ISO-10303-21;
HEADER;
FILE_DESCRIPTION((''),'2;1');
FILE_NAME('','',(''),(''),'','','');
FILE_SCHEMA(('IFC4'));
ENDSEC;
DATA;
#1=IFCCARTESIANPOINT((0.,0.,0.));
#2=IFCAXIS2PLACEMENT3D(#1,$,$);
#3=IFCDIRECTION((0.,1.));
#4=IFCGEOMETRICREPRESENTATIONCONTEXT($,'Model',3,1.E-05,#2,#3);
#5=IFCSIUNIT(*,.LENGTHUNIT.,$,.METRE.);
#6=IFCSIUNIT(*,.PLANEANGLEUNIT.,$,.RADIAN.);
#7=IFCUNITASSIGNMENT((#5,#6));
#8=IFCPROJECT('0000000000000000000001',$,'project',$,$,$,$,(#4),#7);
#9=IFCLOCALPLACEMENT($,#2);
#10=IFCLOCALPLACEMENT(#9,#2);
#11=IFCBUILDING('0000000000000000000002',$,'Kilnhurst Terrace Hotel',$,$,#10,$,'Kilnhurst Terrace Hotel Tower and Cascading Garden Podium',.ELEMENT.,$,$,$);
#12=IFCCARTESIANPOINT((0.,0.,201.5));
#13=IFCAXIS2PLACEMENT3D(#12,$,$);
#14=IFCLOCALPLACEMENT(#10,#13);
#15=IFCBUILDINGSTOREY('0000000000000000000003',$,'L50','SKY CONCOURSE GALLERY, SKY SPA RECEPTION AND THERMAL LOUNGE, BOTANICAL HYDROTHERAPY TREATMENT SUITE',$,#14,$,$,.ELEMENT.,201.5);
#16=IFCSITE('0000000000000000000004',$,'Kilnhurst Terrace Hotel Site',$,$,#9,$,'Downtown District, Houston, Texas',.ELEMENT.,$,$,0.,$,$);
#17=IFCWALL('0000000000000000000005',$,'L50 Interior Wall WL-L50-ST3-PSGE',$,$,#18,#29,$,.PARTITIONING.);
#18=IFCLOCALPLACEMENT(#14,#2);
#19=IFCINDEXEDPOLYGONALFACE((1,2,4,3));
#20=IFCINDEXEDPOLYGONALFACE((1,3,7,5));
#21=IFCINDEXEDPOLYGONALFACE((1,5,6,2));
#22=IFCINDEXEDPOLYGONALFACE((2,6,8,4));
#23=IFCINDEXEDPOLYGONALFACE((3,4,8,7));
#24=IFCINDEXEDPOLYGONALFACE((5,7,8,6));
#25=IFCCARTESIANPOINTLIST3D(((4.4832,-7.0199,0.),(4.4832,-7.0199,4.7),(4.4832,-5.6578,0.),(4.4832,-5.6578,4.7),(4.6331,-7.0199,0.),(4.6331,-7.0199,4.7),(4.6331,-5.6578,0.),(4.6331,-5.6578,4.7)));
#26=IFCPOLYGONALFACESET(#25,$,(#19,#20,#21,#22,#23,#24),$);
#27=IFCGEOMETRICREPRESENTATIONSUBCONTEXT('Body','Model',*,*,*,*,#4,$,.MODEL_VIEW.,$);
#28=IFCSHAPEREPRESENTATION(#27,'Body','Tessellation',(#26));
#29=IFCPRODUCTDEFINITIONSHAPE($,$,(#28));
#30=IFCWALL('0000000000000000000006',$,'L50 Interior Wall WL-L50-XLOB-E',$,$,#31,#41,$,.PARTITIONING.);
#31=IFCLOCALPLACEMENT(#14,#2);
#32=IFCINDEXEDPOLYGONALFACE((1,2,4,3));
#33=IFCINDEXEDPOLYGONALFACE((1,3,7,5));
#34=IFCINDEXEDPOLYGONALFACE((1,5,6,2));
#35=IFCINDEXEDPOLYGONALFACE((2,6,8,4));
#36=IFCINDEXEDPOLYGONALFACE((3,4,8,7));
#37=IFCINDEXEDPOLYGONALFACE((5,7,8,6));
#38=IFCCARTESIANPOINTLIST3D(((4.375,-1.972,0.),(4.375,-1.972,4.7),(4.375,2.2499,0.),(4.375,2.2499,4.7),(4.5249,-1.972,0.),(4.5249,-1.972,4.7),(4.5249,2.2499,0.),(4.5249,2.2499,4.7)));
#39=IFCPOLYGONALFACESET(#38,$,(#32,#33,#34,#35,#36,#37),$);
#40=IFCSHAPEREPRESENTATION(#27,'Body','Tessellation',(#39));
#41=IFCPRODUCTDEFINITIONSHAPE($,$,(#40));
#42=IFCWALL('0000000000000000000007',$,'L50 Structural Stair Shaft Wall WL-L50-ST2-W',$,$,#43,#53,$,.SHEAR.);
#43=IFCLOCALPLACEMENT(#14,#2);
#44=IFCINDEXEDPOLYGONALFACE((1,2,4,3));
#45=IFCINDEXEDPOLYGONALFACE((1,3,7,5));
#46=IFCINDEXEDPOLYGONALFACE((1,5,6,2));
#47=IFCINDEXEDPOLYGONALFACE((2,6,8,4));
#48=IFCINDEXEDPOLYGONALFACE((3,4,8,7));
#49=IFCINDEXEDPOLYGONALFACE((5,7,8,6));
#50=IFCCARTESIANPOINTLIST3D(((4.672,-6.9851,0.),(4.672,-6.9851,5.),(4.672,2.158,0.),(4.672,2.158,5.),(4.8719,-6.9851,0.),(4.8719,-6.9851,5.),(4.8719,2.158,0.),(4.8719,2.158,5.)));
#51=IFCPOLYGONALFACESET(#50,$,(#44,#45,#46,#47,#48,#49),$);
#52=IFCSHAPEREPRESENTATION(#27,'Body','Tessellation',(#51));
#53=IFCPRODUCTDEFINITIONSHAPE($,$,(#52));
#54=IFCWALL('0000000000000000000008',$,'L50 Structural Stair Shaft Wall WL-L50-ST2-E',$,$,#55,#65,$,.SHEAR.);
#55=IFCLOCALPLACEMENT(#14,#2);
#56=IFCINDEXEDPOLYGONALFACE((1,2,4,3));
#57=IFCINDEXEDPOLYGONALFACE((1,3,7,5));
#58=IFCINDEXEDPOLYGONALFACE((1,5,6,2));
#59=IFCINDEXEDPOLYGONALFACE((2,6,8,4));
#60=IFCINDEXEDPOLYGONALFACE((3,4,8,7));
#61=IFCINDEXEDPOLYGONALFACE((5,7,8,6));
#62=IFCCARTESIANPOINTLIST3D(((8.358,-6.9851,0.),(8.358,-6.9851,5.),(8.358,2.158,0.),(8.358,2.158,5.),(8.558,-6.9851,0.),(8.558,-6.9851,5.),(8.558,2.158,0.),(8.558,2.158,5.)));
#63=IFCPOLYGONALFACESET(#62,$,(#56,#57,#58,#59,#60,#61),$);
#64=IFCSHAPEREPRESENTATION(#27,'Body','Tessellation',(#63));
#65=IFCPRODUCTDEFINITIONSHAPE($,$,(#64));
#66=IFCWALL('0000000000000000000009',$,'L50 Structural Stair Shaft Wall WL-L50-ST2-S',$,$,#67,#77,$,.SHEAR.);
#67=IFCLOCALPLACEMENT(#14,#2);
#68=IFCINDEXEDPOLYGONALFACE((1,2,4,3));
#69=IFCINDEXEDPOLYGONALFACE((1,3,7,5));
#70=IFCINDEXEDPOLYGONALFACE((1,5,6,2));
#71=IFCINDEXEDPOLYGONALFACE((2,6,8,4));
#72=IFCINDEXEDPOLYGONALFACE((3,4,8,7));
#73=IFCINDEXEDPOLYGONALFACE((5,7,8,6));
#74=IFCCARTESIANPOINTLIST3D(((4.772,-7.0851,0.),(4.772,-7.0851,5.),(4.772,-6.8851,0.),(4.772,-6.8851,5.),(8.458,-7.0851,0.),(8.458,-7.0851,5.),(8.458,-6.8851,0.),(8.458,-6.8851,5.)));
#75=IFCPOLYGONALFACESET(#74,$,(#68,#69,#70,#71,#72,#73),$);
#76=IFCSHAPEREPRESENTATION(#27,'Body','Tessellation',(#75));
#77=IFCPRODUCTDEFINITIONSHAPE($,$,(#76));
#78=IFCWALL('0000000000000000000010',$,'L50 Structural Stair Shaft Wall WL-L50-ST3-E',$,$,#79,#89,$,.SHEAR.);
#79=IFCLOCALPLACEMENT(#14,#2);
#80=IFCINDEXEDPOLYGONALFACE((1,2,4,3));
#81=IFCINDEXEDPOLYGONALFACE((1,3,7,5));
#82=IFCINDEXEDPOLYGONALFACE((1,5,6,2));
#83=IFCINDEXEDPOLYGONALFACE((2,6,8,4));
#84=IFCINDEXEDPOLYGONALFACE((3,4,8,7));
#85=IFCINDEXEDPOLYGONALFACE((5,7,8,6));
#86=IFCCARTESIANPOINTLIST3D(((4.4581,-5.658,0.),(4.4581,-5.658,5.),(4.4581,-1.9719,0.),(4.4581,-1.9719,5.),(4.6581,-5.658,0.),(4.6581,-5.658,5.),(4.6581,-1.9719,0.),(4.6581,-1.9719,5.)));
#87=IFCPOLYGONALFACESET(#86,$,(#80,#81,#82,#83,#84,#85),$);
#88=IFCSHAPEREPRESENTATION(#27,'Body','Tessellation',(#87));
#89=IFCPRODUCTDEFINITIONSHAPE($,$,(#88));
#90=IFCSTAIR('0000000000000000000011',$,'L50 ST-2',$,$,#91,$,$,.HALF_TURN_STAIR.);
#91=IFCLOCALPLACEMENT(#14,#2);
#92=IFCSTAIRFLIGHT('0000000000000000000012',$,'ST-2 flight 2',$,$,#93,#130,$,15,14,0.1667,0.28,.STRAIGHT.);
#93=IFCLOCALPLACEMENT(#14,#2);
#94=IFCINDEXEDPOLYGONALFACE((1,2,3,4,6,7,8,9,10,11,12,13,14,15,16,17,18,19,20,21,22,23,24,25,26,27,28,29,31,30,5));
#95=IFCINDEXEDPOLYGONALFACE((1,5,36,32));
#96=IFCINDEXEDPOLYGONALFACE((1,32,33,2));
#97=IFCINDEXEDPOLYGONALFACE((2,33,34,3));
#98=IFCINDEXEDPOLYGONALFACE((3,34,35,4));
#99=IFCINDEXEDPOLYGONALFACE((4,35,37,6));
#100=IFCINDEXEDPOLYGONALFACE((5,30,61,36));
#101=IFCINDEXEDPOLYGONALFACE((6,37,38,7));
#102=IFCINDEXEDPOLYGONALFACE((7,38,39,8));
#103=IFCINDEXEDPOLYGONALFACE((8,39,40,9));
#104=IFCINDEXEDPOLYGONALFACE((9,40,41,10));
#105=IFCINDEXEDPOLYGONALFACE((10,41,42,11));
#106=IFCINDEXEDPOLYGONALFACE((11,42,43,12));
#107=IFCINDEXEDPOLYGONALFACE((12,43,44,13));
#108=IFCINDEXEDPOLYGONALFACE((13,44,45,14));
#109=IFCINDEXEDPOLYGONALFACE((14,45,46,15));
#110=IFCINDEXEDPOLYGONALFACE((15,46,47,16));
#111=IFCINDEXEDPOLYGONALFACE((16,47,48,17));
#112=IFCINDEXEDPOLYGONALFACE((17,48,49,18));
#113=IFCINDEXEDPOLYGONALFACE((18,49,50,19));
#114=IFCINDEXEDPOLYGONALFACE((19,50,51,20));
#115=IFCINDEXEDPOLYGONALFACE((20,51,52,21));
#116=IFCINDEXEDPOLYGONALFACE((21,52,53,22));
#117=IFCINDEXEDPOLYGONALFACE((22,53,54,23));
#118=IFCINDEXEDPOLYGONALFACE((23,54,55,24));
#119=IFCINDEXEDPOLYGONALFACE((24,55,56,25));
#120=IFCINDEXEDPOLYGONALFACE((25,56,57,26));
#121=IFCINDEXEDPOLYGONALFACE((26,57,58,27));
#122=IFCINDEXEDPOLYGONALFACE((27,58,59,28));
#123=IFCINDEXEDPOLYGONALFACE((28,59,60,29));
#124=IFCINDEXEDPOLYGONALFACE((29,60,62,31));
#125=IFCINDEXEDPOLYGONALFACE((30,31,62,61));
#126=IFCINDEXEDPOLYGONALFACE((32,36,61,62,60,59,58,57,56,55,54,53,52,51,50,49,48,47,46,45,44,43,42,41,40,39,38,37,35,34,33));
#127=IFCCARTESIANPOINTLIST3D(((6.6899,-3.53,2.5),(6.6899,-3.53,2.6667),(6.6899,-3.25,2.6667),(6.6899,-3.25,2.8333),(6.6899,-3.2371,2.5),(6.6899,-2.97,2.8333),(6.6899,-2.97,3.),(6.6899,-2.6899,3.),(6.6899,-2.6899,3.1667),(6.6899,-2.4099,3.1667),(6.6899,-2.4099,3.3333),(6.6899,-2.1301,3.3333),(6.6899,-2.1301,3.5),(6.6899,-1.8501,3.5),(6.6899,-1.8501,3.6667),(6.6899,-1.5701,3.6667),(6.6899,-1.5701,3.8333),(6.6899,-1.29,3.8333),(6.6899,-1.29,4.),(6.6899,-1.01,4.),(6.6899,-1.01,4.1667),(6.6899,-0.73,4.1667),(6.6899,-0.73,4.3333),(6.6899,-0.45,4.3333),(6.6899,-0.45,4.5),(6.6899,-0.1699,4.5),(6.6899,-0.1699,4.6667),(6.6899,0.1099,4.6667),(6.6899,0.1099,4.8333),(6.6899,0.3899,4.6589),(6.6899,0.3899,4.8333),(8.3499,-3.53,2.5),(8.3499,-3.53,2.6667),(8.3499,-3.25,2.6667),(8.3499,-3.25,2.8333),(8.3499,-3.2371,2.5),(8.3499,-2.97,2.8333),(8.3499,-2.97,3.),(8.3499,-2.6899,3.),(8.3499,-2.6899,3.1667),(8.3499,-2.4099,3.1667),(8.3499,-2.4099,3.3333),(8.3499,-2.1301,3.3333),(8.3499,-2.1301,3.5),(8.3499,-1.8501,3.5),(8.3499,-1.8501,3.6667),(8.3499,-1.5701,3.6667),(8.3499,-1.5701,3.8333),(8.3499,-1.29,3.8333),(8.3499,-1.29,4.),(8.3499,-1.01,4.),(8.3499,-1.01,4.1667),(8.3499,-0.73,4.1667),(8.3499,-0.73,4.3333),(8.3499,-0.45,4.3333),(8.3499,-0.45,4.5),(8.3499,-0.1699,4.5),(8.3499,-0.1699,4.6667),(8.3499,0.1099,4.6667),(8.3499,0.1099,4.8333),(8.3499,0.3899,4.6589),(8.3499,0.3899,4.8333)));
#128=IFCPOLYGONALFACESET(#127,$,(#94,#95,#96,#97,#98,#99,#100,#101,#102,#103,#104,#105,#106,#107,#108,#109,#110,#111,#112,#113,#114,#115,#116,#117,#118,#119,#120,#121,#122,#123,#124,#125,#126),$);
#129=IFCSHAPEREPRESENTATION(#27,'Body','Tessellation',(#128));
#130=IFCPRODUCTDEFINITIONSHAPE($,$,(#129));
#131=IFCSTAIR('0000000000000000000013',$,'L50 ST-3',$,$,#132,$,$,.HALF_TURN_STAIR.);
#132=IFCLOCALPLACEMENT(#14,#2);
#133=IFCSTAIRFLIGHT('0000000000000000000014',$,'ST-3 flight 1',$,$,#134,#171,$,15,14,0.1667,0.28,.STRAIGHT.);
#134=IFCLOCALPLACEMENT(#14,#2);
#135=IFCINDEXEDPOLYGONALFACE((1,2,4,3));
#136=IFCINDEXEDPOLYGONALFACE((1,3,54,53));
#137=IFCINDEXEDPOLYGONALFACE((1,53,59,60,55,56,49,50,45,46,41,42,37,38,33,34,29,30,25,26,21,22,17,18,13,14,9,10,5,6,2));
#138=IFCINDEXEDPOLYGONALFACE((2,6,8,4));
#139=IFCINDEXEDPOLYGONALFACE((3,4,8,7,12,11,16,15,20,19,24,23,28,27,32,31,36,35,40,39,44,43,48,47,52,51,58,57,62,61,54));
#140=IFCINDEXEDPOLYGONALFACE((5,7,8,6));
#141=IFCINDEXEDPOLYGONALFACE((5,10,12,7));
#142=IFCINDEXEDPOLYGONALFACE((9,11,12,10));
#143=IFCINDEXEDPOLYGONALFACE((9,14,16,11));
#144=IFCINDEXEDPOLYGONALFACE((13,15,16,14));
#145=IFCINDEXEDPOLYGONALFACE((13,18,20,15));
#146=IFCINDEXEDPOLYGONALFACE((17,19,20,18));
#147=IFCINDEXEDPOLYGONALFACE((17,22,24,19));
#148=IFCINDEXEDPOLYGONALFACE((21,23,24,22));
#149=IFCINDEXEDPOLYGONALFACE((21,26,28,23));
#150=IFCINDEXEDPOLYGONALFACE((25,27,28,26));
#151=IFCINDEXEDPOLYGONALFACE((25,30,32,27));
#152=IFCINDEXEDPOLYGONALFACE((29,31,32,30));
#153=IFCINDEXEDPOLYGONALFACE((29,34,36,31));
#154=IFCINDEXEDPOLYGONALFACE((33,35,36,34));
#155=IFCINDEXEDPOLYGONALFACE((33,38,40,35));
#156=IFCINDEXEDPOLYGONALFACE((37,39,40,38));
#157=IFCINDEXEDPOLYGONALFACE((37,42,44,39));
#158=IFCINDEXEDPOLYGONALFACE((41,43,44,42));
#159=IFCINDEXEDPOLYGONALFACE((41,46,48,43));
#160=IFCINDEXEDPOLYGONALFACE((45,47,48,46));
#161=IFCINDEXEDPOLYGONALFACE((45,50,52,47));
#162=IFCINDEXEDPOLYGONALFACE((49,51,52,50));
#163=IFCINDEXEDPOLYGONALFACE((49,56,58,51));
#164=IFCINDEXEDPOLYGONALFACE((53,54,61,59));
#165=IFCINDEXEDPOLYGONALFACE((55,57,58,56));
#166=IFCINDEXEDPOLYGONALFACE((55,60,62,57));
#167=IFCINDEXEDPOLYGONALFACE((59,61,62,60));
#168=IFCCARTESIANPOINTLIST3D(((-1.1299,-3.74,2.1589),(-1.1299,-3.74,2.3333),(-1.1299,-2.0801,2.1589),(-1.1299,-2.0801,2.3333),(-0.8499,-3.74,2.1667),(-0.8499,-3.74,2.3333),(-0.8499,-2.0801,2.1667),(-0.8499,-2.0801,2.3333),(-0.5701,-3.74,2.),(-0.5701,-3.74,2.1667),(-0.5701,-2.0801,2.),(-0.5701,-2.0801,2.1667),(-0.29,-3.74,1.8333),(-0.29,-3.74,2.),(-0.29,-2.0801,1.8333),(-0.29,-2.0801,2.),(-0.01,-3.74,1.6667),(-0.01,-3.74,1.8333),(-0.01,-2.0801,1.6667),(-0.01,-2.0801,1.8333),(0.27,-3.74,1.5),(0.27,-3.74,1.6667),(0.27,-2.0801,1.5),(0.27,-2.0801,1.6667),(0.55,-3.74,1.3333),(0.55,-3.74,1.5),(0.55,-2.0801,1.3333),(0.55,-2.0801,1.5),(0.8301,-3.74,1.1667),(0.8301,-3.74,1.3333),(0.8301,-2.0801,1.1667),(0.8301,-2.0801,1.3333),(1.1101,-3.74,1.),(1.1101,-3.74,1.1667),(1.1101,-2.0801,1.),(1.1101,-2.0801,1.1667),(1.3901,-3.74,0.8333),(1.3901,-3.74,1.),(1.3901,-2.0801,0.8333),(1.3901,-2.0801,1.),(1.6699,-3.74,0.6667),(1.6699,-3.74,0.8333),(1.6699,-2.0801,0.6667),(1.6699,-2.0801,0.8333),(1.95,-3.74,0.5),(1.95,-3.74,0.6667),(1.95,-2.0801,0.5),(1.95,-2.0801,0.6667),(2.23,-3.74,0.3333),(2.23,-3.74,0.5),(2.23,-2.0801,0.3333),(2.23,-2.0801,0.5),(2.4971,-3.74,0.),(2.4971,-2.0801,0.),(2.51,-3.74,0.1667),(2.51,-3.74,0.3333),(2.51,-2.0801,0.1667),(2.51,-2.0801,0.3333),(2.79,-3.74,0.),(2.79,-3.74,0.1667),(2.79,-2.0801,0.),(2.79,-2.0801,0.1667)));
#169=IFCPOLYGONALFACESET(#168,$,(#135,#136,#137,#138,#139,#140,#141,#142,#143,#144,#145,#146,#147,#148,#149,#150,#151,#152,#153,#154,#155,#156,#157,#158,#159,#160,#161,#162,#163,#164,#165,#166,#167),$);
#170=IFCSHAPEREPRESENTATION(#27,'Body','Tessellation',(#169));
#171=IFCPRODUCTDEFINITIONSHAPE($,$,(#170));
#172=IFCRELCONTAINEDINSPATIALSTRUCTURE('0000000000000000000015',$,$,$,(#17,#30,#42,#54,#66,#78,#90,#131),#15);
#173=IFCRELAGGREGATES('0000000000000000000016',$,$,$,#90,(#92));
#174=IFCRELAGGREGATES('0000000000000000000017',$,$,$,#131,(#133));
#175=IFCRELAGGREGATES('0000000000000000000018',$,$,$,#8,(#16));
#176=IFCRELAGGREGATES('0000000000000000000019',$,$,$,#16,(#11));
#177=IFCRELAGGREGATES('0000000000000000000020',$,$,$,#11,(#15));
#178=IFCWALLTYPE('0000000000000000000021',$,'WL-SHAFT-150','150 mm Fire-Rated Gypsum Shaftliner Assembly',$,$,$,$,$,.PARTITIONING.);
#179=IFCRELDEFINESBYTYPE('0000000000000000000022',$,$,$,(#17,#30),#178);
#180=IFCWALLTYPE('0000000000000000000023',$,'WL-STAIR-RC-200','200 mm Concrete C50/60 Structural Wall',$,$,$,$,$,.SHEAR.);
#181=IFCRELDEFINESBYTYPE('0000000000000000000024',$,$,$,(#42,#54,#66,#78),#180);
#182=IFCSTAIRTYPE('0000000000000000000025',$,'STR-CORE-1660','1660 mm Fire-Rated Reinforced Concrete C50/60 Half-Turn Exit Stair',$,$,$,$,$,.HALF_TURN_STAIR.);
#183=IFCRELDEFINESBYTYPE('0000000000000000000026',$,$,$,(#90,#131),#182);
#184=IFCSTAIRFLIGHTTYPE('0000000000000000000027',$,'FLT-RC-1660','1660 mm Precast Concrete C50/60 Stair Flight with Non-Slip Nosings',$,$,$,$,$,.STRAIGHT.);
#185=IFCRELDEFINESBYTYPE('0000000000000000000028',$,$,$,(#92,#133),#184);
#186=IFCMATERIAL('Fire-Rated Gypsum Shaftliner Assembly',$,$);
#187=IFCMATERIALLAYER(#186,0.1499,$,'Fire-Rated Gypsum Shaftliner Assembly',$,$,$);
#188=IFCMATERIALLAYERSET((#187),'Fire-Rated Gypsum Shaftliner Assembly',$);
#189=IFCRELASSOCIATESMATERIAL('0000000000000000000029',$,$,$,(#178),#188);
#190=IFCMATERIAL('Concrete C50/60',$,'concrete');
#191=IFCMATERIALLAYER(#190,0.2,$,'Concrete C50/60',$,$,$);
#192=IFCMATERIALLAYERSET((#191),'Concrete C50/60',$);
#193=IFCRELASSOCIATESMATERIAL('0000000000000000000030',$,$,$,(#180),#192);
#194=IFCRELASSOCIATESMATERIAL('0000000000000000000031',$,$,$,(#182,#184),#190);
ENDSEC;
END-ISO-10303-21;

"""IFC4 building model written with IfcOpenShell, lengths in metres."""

from ifc_helpers import new_model, si_unit, direction, frame, frame_2d, origin, place, context, subcontext, project, spatial, polyline, rectangle, outline, extrude, material, layer, layer_set, type_object, element, aggregate, save


model = new_model("IFC4")

# Units and contexts
model_context = context("Model", 3, precision=1e-05, world=origin(), true_north=direction((0.0, 1.0)))
body_context = subcontext(model_context, "Body", "Model", "MODEL_VIEW")
ifc_project = project(units=[si_unit("LENGTHUNIT", "METRE"), si_unit("PLANEANGLEUNIT", "RADIAN")], contexts=[model_context])

# Site, building, storey
site_placement = place(None, origin())
site = spatial("IfcSite", under=ifc_project, at=site_placement, Name="Kilnhurst Terrace Hotel Site", LongName="Downtown District, Houston, Texas", CompositionType="ELEMENT", RefElevation=0.0)
building_placement = place(site_placement, origin())
building = spatial("IfcBuilding", under=site, at=building_placement, Name="Kilnhurst Terrace Hotel", LongName="Kilnhurst Terrace Hotel Tower and Cascading Garden Podium", CompositionType="ELEMENT")
storey_placement = place(building_placement, frame((0.0, 0.0, 201.5)))
storey = spatial("IfcBuildingStorey", under=building, at=storey_placement, Name="L50", Description="SKY CONCOURSE GALLERY, SKY SPA RECEPTION AND THERMAL LOUNGE, BOTANICAL HYDROTHERAPY TREATMENT SUITE", CompositionType="ELEMENT", Elevation=201.5)

# Walls
ifc_material_1 = material(Name="Fire-Rated Gypsum Shaftliner Assembly")
ifc_layer_1 = layer(ifc_material_1, 0.1499, Name="Fire-Rated Gypsum Shaftliner Assembly")
ifc_layer_set_1 = layer_set([ifc_layer_1], Name="Fire-Rated Gypsum Shaftliner Assembly")
wall_type_1 = type_object("IfcWallType", Name="WL-SHAFT-150", Description="150 mm Fire-Rated Gypsum Shaftliner Assembly", PredefinedType="PARTITIONING", material=ifc_layer_set_1)
wall_1_placement = place(storey_placement, frame((4.5581, -7.02, 0.0), z_axis=(0.0, 0.0, 1.0), x_axis=(0.0, 1.0, 0.0)))
element("IfcWall", 1, at=wall_1_placement, inside=storey, type_object=wall_type_1, Name="L50 Interior Wall WL-L50-ST3-PSGE", PredefinedType="PARTITIONING", context=body_context, shape_type="SweptSolid", body=[
    extrude(rectangle(XDim=1.3621, YDim=0.1499, at=frame_2d((0.6812, 0.0))), origin(), (0.0, 0.0, 1.0), 4.7),
])
wall_2_placement = place(storey_placement, frame((4.45, -1.9719, 0.0), z_axis=(0.0, 0.0, 1.0), x_axis=(0.0, 1.0, 0.0)))
element("IfcWall", 2, at=wall_2_placement, inside=storey, type_object=wall_type_1, Name="L50 Interior Wall WL-L50-XLOB-E", PredefinedType="PARTITIONING", context=body_context, shape_type="SweptSolid", body=[
    extrude(rectangle(XDim=4.2219, YDim=0.1499, at=frame_2d((2.1108, 0.0))), origin(), (0.0, 0.0, 1.0), 4.7),
])
ifc_material_2 = material(Name="Concrete C50/60", Category="concrete")
ifc_layer_2 = layer(ifc_material_2, 0.2, Name="Concrete C50/60")
ifc_layer_set_2 = layer_set([ifc_layer_2], Name="Concrete C50/60")
wall_type_2 = type_object("IfcWallType", Name="WL-STAIR-RC-200", Description="200 mm Concrete C50/60 Structural Wall", PredefinedType="SHEAR", material=ifc_layer_set_2)
for number, where, z_axis, x_axis, name in (
    (3, (4.772, -6.9851, 0.0), (0.0, 0.0, 1.0), (0.0, 1.0, 0.0), "L50 Structural Stair Shaft Wall WL-L50-ST2-W"),
    (4, (8.458, -6.9851, 0.0), (0.0, 0.0, 1.0), (0.0, 1.0, 0.0), "L50 Structural Stair Shaft Wall WL-L50-ST2-E"),
):
    element("IfcWall", number, at=place(storey_placement, frame(where, z_axis=z_axis, x_axis=x_axis)), inside=storey, type_object=wall_type_2, Name=name, PredefinedType="SHEAR", context=body_context, shape_type="SweptSolid", body=[
        extrude(rectangle(XDim=9.1431, YDim=0.2, at=frame_2d((4.5715, 0.0))), origin(), (0.0, 0.0, 1.0), 5.0),
    ])
for number, where, z_axis, x_axis, name in (
    (5, (4.772, -6.9851, 0.0), (0.0, 0.0, 1.0), (1.0, 0.0, 0.0), "L50 Structural Stair Shaft Wall WL-L50-ST2-S"),
    (6, (4.5581, -5.658, 0.0), (0.0, 0.0, 1.0), (0.0, 1.0, 0.0), "L50 Structural Stair Shaft Wall WL-L50-ST3-E"),
):
    element("IfcWall", number, at=place(storey_placement, frame(where, z_axis=z_axis, x_axis=x_axis)), inside=storey, type_object=wall_type_2, Name=name, PredefinedType="SHEAR", context=body_context, shape_type="SweptSolid", body=[
        extrude(rectangle(XDim=3.686, YDim=0.2, at=frame_2d((1.843, 0.0))), origin(), (0.0, 0.0, 1.0), 5.0),
    ])

# Stairs, stair flights
stair_type = type_object("IfcStairType", Name="STR-CORE-1660", Description="1660 mm Fire-Rated Reinforced Concrete C50/60 Half-Turn Exit Stair", PredefinedType="HALF_TURN_STAIR", material=ifc_material_2)
stair_1_placement = place(storey_placement, origin())
stair_1 = element("IfcStair", 7, at=stair_1_placement, inside=storey, type_object=stair_type, Name="L50 ST-2", PredefinedType="HALF_TURN_STAIR")
stair_flight_type = type_object("IfcStairFlightType", Name="FLT-RC-1660", Description="1660 mm Precast Concrete C50/60 Stair Flight with Non-Slip Nosings", PredefinedType="STRAIGHT", material=ifc_material_2)
stair_flight_1_placement = place(storey_placement, frame((7.52, -3.53, 2.5), z_axis=(0.0, 0.0, 1.0), x_axis=(0.0, 1.0, 0.0)))
stair_flight_1 = element("IfcStairFlight", 8, at=stair_flight_1_placement, type_object=stair_flight_type, Name="ST-2 flight 2", NumberOfRisers=15, NumberOfTreads=14, PredefinedType="STRAIGHT", RiserHeight=0.1667, TreadLength=0.28, context=body_context, shape_type="SweptSolid", body=[
    extrude(outline(polyline([(0.0, 0.0), (0.0, 0.1667), (0.28, 0.1667), (0.28, 0.3333), (0.5601, 0.3333), (0.5601, 0.5), (0.8401, 0.5), (0.8401, 0.6667), (1.1201, 0.6667), (1.1201, 0.8333), (1.3999, 0.8333), (1.3999, 1.0), (1.6799, 1.0), (1.6799, 1.1667), (1.96, 1.1667), (1.96, 1.3333), (2.24, 1.3333), (2.24, 1.5), (2.52, 1.5), (2.52, 1.6667), (2.8, 1.6667), (2.8, 1.8333), (3.0801, 1.8333), (3.0801, 2.0), (3.3601, 2.0), (3.3601, 2.1667), (3.6399, 2.1667), (3.6399, 2.3333), (3.9199, 2.3333), (3.9199, 2.5), (3.9199, 2.1589), (0.293, 0.0), (0.0, 0.0)])), frame((0.0, 0.8301, 0.0), z_axis=(0.0, -1.0, 0.0), x_axis=(1.0, 0.0, 0.0)), (0.0, 0.0, 1.0), 1.6599),
])
aggregate(stair_1, [stair_flight_1])
stair_2_placement = place(storey_placement, origin())
stair_2 = element("IfcStair", 9, at=stair_2_placement, inside=storey, type_object=stair_type, Name="L50 ST-3", PredefinedType="HALF_TURN_STAIR")
stair_flight_2_placement = place(storey_placement, frame((2.79, -2.9099, 0.0), z_axis=(0.0, 0.0, 1.0), x_axis=(-1.0, 0.0, 0.0)))
stair_flight_2 = element("IfcStairFlight", 10, at=stair_flight_2_placement, type_object=stair_flight_type, Name="ST-3 flight 1", NumberOfRisers=15, NumberOfTreads=14, PredefinedType="STRAIGHT", RiserHeight=0.1667, TreadLength=0.28, context=body_context, shape_type="SweptSolid", body=[
    extrude(outline(polyline([(0.0, 0.0), (0.0, 0.1667), (0.28, 0.1667), (0.28, 0.3333), (0.5601, 0.3333), (0.5601, 0.5), (0.8401, 0.5), (0.8401, 0.6667), (1.1201, 0.6667), (1.1201, 0.8333), (1.3999, 0.8333), (1.3999, 1.0), (1.6799, 1.0), (1.6799, 1.1667), (1.96, 1.1667), (1.96, 1.3333), (2.24, 1.3333), (2.24, 1.5), (2.52, 1.5), (2.52, 1.6667), (2.8, 1.6667), (2.8, 1.8333), (3.0801, 1.8333), (3.0801, 2.0), (3.3601, 2.0), (3.3601, 2.1667), (3.6399, 2.1667), (3.6399, 2.3333), (3.9199, 2.3333), (3.9199, 2.5), (3.9199, 2.1589), (0.293, 0.0), (0.0, 0.0)])), frame((0.0, 0.8301, 0.0), z_axis=(0.0, -1.0, 0.0), x_axis=(1.0, 0.0, 0.0)), (0.0, 0.0, 1.0), 1.6599),
])
aggregate(stair_2, [stair_flight_2])

save(model, "model.ifc")
